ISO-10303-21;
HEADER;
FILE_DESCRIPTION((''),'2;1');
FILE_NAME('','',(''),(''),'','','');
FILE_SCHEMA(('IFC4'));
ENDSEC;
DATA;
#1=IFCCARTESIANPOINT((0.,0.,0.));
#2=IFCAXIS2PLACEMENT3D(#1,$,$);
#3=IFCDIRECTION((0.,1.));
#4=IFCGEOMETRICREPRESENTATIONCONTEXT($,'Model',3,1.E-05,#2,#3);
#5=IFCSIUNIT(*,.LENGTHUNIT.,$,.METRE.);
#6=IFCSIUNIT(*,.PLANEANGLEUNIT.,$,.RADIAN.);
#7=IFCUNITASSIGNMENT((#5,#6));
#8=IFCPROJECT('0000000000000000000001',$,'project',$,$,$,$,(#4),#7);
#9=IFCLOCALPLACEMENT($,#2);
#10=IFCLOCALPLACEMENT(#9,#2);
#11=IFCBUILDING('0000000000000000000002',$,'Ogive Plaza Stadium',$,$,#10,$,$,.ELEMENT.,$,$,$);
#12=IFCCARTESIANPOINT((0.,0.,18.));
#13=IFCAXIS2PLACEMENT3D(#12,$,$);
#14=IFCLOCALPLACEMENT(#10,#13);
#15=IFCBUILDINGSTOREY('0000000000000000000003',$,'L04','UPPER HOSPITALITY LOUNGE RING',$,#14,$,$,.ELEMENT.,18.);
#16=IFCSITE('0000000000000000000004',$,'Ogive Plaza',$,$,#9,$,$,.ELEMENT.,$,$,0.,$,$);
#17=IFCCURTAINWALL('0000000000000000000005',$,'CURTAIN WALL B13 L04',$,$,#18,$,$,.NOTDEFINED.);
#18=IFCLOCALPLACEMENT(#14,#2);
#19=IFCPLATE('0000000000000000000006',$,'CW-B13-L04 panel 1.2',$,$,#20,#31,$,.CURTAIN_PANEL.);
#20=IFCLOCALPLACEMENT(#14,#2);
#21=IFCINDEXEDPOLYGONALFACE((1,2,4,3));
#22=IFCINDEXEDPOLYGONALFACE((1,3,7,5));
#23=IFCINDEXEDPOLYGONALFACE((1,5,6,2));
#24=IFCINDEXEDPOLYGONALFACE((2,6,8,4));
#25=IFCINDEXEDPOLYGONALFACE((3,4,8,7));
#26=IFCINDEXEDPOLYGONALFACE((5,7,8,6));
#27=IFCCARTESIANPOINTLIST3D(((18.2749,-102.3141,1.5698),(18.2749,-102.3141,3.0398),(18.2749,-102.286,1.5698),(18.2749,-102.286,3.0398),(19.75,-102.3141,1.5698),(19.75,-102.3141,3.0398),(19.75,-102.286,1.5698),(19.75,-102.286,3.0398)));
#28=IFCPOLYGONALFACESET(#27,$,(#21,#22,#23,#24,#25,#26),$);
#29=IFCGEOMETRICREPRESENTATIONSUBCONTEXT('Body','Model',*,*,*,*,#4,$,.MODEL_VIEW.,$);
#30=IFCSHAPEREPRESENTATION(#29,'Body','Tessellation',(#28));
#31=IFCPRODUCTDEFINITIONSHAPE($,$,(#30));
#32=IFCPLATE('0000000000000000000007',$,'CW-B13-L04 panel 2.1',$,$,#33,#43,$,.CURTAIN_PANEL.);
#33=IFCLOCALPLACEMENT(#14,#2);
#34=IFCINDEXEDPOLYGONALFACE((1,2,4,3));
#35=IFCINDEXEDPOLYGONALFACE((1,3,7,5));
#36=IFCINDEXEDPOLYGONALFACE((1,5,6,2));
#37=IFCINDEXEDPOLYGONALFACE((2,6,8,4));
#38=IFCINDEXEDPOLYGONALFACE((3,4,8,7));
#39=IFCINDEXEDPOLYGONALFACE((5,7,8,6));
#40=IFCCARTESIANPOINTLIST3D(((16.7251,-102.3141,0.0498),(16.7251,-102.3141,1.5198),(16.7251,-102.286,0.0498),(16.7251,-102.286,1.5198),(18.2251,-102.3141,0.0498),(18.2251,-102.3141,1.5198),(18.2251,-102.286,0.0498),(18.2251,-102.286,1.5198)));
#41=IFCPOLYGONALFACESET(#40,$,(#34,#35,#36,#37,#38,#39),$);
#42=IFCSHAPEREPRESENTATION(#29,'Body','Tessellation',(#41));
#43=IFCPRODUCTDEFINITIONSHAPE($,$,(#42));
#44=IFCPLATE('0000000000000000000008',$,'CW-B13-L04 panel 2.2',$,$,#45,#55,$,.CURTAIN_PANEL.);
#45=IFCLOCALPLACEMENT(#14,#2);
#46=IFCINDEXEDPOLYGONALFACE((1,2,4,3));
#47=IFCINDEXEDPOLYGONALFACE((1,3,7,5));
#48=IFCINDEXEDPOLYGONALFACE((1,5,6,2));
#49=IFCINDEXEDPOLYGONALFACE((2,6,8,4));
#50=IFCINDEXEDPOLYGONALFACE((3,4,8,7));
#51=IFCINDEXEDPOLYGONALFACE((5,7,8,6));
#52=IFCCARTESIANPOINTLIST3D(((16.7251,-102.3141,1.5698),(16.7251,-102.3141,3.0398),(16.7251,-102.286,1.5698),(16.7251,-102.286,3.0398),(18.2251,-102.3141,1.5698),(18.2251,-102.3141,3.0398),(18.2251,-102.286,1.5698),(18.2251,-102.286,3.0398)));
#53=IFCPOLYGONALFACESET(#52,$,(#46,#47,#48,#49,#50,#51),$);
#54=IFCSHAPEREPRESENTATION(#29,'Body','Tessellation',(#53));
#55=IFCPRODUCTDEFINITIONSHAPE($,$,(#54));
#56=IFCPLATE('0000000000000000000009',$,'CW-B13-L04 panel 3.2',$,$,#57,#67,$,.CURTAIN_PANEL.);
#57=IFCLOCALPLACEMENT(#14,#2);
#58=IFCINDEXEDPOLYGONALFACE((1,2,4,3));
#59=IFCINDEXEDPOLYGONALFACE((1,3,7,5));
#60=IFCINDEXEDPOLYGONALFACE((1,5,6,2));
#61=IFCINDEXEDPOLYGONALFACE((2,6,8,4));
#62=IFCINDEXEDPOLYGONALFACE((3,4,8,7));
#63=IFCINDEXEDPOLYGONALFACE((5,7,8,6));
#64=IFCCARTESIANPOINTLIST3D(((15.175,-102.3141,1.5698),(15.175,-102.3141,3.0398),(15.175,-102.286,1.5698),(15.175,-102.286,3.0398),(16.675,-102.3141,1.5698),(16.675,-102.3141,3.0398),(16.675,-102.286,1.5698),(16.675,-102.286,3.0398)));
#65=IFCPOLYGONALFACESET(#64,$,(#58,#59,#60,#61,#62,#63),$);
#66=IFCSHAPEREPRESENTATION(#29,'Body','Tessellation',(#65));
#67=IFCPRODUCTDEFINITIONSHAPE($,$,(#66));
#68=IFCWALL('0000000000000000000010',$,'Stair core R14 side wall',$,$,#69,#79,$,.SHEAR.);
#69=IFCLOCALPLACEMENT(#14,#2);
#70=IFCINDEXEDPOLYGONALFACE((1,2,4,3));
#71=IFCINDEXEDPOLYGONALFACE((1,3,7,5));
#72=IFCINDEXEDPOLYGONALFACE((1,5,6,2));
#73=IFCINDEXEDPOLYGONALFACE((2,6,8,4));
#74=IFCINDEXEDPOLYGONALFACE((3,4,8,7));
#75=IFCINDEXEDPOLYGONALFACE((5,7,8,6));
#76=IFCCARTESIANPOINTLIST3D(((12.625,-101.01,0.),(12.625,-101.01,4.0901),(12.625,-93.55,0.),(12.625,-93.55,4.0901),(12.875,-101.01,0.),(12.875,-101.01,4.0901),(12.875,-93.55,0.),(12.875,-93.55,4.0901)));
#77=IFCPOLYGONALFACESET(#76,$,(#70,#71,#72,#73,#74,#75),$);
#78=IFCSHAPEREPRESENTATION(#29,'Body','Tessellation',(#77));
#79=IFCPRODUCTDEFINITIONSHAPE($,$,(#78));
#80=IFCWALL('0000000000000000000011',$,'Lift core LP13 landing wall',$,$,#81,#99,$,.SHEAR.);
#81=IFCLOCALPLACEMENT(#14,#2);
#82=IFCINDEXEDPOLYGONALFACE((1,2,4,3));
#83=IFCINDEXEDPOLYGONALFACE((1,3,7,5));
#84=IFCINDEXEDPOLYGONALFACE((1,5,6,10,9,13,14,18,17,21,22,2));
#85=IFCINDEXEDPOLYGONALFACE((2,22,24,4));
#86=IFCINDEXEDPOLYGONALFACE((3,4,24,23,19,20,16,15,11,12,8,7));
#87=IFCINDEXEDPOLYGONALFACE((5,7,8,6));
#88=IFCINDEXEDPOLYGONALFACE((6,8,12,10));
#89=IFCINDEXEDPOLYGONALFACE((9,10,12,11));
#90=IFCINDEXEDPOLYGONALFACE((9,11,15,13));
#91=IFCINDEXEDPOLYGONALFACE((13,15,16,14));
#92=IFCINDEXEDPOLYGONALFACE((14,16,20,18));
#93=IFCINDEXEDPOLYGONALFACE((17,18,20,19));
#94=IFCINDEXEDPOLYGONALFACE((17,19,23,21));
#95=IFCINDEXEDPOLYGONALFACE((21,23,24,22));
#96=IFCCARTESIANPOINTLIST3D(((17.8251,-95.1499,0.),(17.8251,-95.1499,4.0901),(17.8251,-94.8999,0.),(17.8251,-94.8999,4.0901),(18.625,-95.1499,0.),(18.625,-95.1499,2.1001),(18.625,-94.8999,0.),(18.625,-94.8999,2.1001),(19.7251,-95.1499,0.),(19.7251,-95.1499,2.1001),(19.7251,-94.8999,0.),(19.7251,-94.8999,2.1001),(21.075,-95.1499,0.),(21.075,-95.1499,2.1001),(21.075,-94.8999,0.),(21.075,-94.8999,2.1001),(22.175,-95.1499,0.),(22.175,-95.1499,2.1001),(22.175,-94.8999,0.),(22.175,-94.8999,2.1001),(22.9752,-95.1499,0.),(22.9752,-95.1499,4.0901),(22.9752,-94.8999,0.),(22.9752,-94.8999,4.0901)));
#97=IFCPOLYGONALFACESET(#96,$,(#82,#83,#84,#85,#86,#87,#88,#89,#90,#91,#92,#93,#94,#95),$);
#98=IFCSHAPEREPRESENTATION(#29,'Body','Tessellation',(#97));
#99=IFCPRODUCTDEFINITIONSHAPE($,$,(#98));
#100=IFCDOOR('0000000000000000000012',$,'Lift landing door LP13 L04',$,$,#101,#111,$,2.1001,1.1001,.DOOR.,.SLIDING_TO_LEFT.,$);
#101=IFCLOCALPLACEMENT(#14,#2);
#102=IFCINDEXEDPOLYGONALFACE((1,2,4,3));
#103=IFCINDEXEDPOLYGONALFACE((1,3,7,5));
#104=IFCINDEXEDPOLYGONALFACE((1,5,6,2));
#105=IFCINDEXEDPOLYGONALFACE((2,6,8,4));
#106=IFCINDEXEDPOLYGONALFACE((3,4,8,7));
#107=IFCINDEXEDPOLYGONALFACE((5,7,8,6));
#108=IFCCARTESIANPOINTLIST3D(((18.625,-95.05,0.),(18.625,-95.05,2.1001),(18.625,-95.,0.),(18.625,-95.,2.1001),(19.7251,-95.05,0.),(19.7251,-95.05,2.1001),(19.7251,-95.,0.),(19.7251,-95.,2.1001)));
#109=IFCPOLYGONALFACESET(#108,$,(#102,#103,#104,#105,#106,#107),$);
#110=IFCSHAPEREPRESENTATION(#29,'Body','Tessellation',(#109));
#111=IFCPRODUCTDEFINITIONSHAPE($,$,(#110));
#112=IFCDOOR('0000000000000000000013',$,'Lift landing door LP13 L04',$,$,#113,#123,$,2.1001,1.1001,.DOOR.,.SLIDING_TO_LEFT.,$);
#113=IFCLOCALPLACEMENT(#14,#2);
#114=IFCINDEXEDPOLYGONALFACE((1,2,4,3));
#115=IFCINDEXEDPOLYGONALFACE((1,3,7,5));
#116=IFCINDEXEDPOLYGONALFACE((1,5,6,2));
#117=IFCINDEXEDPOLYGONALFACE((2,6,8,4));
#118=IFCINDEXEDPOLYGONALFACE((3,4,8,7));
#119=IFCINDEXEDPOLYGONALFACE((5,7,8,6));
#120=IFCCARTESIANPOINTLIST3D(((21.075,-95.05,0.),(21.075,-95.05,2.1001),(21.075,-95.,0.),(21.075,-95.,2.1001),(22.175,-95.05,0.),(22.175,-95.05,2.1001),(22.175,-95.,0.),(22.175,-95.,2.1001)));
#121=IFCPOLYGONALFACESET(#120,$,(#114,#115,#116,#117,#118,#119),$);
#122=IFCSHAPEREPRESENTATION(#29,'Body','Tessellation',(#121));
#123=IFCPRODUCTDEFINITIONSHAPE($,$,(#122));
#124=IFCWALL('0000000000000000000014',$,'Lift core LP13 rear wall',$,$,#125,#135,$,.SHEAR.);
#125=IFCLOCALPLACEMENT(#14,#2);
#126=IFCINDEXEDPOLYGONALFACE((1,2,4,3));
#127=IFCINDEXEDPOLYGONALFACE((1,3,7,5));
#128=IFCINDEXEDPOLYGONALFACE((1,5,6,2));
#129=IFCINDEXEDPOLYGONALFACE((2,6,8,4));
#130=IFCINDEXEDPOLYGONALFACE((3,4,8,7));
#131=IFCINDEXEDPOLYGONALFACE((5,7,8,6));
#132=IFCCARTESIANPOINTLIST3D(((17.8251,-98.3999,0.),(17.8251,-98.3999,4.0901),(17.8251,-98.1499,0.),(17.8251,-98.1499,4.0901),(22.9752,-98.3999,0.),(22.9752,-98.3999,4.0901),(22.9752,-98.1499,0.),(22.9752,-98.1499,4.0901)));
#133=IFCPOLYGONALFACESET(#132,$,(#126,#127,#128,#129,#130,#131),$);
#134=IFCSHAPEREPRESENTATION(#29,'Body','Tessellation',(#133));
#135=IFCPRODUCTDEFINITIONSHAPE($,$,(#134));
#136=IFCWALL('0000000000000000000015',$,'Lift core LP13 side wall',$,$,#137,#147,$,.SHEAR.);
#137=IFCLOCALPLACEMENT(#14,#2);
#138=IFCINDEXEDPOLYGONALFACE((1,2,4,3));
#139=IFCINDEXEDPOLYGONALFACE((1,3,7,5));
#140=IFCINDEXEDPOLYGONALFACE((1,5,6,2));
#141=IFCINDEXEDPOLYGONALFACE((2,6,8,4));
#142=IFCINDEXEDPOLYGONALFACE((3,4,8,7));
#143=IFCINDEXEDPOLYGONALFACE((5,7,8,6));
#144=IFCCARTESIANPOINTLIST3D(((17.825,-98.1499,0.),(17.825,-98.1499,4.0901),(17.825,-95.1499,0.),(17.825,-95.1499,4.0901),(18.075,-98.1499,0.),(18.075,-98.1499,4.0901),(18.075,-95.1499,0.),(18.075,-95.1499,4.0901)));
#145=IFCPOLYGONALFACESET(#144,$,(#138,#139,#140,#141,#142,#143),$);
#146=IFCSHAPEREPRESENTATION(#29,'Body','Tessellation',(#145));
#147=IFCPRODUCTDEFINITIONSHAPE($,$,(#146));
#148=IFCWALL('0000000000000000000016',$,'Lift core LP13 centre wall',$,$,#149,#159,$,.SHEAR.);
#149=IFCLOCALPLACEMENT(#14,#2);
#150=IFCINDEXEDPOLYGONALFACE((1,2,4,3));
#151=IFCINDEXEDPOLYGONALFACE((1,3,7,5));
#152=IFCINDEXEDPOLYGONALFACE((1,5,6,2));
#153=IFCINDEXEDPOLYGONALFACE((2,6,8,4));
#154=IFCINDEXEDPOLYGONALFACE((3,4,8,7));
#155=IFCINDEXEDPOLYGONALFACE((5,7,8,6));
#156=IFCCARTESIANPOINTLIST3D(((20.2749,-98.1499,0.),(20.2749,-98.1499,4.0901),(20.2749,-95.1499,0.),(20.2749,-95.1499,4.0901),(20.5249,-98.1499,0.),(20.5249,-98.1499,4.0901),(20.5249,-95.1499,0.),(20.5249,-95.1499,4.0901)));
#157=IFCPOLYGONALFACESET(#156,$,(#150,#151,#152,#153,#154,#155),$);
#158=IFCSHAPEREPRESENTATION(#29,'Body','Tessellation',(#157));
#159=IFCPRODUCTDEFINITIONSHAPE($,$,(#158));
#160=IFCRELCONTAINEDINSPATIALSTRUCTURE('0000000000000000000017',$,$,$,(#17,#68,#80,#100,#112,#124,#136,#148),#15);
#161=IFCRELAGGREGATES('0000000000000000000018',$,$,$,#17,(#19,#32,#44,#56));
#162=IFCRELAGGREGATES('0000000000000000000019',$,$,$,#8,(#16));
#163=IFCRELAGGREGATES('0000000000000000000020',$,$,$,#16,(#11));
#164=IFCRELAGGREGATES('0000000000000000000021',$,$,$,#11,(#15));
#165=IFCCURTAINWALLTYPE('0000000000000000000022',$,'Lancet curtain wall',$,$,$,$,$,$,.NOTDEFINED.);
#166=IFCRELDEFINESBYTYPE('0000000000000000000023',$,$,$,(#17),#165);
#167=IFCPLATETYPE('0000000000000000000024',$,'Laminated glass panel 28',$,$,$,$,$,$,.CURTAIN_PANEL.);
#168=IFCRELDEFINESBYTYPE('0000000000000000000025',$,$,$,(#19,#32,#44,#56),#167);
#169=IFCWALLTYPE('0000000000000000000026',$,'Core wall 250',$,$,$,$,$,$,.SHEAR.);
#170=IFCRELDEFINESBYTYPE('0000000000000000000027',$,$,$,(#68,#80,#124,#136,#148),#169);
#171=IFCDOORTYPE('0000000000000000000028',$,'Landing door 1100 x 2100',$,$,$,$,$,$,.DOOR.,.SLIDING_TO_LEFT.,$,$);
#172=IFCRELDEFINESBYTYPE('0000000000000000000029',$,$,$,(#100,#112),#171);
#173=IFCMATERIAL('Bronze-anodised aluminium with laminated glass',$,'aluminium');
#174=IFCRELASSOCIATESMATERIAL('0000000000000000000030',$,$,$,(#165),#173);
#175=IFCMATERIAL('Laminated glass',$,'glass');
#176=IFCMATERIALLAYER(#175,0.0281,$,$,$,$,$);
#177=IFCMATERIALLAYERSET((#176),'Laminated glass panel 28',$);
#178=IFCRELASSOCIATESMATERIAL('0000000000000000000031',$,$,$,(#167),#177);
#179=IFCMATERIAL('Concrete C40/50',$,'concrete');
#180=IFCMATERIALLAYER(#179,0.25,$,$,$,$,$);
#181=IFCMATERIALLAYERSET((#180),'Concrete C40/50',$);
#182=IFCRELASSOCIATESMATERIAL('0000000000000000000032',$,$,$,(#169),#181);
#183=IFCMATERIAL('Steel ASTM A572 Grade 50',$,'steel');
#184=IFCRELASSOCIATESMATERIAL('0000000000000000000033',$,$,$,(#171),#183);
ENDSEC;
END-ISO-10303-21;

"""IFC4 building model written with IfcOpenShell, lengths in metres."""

from ifc_helpers import new_model, si_unit, direction, frame, frame_2d, origin, origin_2d, place, context, subcontext, project, spatial, rectangle, extrude, material, layer, layer_set, type_object, element, fill, aggregate, save


model = new_model("IFC4")

# Units and contexts
model_context = context("Model", 3, precision=1e-05, world=origin(), true_north=direction((0.0, 1.0)))
body_context = subcontext(model_context, "Body", "Model", "MODEL_VIEW")
ifc_project = project(units=[si_unit("LENGTHUNIT", "METRE"), si_unit("PLANEANGLEUNIT", "RADIAN")], contexts=[model_context])

# Site, building, storey
site_placement = place(None, origin())
site = spatial("IfcSite", under=ifc_project, at=site_placement, Name="Ogive Plaza", CompositionType="ELEMENT", RefElevation=0.0)
building_placement = place(site_placement, origin())
building = spatial("IfcBuilding", under=site, at=building_placement, Name="Ogive Plaza Stadium", CompositionType="ELEMENT")
storey_placement = place(building_placement, frame((0.0, 0.0, 18.0)))
storey = spatial("IfcBuildingStorey", under=building, at=storey_placement, Name="L04", Description="UPPER HOSPITALITY LOUNGE RING", CompositionType="ELEMENT", Elevation=18.0)

# Curtain wall
ifc_material_1 = material(Name="Bronze-anodised aluminium with laminated glass", Category="aluminium")
curtain_wall_type = type_object("IfcCurtainWallType", Name="Lancet curtain wall", PredefinedType="NOTDEFINED", material=ifc_material_1)
curtain_wall_placement = place(storey_placement, origin())
curtain_wall = element("IfcCurtainWall", 1, at=curtain_wall_placement, inside=storey, type_object=curtain_wall_type, Name="CURTAIN WALL B13 L04", PredefinedType="NOTDEFINED")

# Plates
ifc_material_2 = material(Name="Laminated glass", Category="glass")
ifc_layer_1 = layer(ifc_material_2, 0.0281)
ifc_layer_set_1 = layer_set([ifc_layer_1], Name="Laminated glass panel 28")
plate_type = type_object("IfcPlateType", Name="Laminated glass panel 28", PredefinedType="CURTAIN_PANEL", material=ifc_layer_set_1)
plate_1_placement = place(storey_placement, frame((19.0125, -102.3, 1.5698), z_axis=(0.0, 0.0, 1.0), x_axis=(-1.0, 0.0, 0.0)))
plate_1 = element("IfcPlate", 2, at=plate_1_placement, type_object=plate_type, Name="CW-B13-L04 panel 1.2", PredefinedType="CURTAIN_PANEL", context=body_context, shape_type="SweptSolid", body=[
    extrude(rectangle(XDim=1.4751, YDim=0.0281, at=origin_2d()), origin(), (0.0, 0.0, 1.0), 1.47),
])
plate_2_placement = place(storey_placement, frame((17.4751, -102.3, 0.0498), z_axis=(0.0, 0.0, 1.0), x_axis=(-1.0, 0.0, 0.0)))
plate_2 = element("IfcPlate", 3, at=plate_2_placement, type_object=plate_type, Name="CW-B13-L04 panel 2.1", PredefinedType="CURTAIN_PANEL", context=body_context, shape_type="SweptSolid", body=[
    extrude(rectangle(XDim=1.5, YDim=0.0281, at=origin_2d()), origin(), (0.0, 0.0, 1.0), 1.47),
])
plate_3_placement = place(storey_placement, frame((17.4751, -102.3, 1.5698), z_axis=(0.0, 0.0, 1.0), x_axis=(-1.0, 0.0, 0.0)))
plate_3 = element("IfcPlate", 4, at=plate_3_placement, type_object=plate_type, Name="CW-B13-L04 panel 2.2", PredefinedType="CURTAIN_PANEL", context=body_context, shape_type="SweptSolid", body=[
    extrude(rectangle(XDim=1.5, YDim=0.0281, at=origin_2d()), origin(), (0.0, 0.0, 1.0), 1.47),
])
plate_4_placement = place(storey_placement, frame((15.925, -102.3, 1.5698), z_axis=(0.0, 0.0, 1.0), x_axis=(-1.0, 0.0, 0.0)))
plate_4 = element("IfcPlate", 5, at=plate_4_placement, type_object=plate_type, Name="CW-B13-L04 panel 3.2", PredefinedType="CURTAIN_PANEL", context=body_context, shape_type="SweptSolid", body=[
    extrude(rectangle(XDim=1.5, YDim=0.0281, at=origin_2d()), origin(), (0.0, 0.0, 1.0), 1.47),
])
aggregate(curtain_wall, [plate_1, plate_2, plate_3, plate_4])

# Wall
ifc_material_3 = material(Name="Concrete C40/50", Category="concrete")
ifc_layer_2 = layer(ifc_material_3, 0.25)
ifc_layer_set_2 = layer_set([ifc_layer_2], Name="Concrete C40/50")
wall_type = type_object("IfcWallType", Name="Core wall 250", PredefinedType="SHEAR", material=ifc_layer_set_2)
wall_1_placement = place(storey_placement, frame((12.75, -93.55, 0.0), z_axis=(0.0, 0.0, 1.0), x_axis=(0.0, -1.0, 0.0)))
element("IfcWall", 6, at=wall_1_placement, inside=storey, type_object=wall_type, Name="Stair core R14 side wall", PredefinedType="SHEAR", context=body_context, shape_type="SweptSolid", body=[
    extrude(rectangle(XDim=7.46, YDim=0.25, at=frame_2d((3.73, 0.0))), origin(), (0.0, 0.0, 1.0), 4.0901),
])

# Wall, openings, doors
wall_2_placement = place(storey_placement, frame((17.825, -95.0249, 0.0), z_axis=(0.0, 0.0, 1.0), x_axis=(1.0, 0.0, 0.0)))
wall_2 = element("IfcWall", 7, at=wall_2_placement, inside=storey, type_object=wall_type, Name="Lift core LP13 landing wall", PredefinedType="SHEAR", context=body_context, shape_type="SweptSolid", body=[
    extrude(rectangle(XDim=5.1501, YDim=0.25, at=frame_2d((2.5752, 0.0))), origin(), (0.0, 0.0, 1.0), 4.0901),
])
opening_1_placement = place(wall_2_placement, frame((0.8, 0.0, 0.0)))
opening_1 = element("IfcOpeningElement", 8, at=opening_1_placement, cuts=wall_2, PredefinedType="OPENING", context=body_context, shape_type="SweptSolid", body=[
    extrude(rectangle(XDim=1.1001, YDim=2.1001, at=frame_2d((0.55, 1.05))), frame((0.0, 0.125, 0.0), z_axis=(0.0, -1.0, 0.0), x_axis=(1.0, 0.0, 0.0)), (0.0, 0.0, 1.0), 0.25),
])
opening_2_placement = place(wall_2_placement, frame((3.25, 0.0, 0.0)))
opening_2 = element("IfcOpeningElement", 9, at=opening_2_placement, cuts=wall_2, PredefinedType="OPENING", context=body_context, shape_type="SweptSolid", body=[
    extrude(rectangle(XDim=1.1001, YDim=2.1001, at=frame_2d((0.55, 1.05))), frame((0.0, 0.125, 0.0), z_axis=(0.0, -1.0, 0.0), x_axis=(1.0, 0.0, 0.0)), (0.0, 0.0, 1.0), 0.25),
])
ifc_material_4 = material(Name="Steel ASTM A572 Grade 50", Category="steel")
door_type = type_object("IfcDoorType", Name="Landing door 1100 x 2100", OperationType="SLIDING_TO_LEFT", PredefinedType="DOOR", material=ifc_material_4)
door_1_placement = place(opening_1_placement, origin())
door_1 = element("IfcDoor", 10, at=door_1_placement, inside=storey, type_object=door_type, Name="Lift landing door LP13 L04", OperationType="SLIDING_TO_LEFT", OverallHeight=2.1001, OverallWidth=1.1001, PredefinedType="DOOR", context=body_context, shape_type="SweptSolid", body=[
    extrude(rectangle(XDim=1.1001, YDim=2.1001, at=frame_2d((0.55, 1.05))), frame((0.0, 0.0249, 0.0), z_axis=(0.0, -1.0, 0.0), x_axis=(1.0, 0.0, 0.0)), (0.0, 0.0, 1.0), 0.05),
])
fill(opening_1, door_1)
door_2_placement = place(opening_2_placement, origin())
door_2 = element("IfcDoor", 11, at=door_2_placement, inside=storey, type_object=door_type, Name="Lift landing door LP13 L04", OperationType="SLIDING_TO_LEFT", OverallHeight=2.1001, OverallWidth=1.1001, PredefinedType="DOOR", context=body_context, shape_type="SweptSolid", body=[
    extrude(rectangle(XDim=1.1001, YDim=2.1001, at=frame_2d((0.55, 1.05))), frame((0.0, 0.0249, 0.0), z_axis=(0.0, -1.0, 0.0), x_axis=(1.0, 0.0, 0.0)), (0.0, 0.0, 1.0), 0.05),
])
fill(opening_2, door_2)

# Walls
wall_3_placement = place(storey_placement, frame((17.825, -98.2749, 0.0), z_axis=(0.0, 0.0, 1.0), x_axis=(1.0, 0.0, 0.0)))
element("IfcWall", 12, at=wall_3_placement, inside=storey, type_object=wall_type, Name="Lift core LP13 rear wall", PredefinedType="SHEAR", context=body_context, shape_type="SweptSolid", body=[
    extrude(rectangle(XDim=5.1501, YDim=0.25, at=frame_2d((2.5752, 0.0))), origin(), (0.0, 0.0, 1.0), 4.0901),
])
for number, where, z_axis, x_axis, name in (
    (13, (17.95, -95.1499, 0.0), (0.0, 0.0, 1.0), (0.0, -1.0, 0.0), "Lift core LP13 side wall"),
    (14, (20.3999, -95.1499, 0.0), (0.0, 0.0, 1.0), (0.0, -1.0, 0.0), "Lift core LP13 centre wall"),
):
    element("IfcWall", number, at=place(storey_placement, frame(where, z_axis=z_axis, x_axis=x_axis)), inside=storey, type_object=wall_type, Name=name, PredefinedType="SHEAR", context=body_context, shape_type="SweptSolid", body=[
        extrude(rectangle(XDim=3.0, YDim=0.25, at=frame_2d((1.5, 0.0))), origin(), (0.0, 0.0, 1.0), 4.0901),
    ])

save(model, "model.ifc")
